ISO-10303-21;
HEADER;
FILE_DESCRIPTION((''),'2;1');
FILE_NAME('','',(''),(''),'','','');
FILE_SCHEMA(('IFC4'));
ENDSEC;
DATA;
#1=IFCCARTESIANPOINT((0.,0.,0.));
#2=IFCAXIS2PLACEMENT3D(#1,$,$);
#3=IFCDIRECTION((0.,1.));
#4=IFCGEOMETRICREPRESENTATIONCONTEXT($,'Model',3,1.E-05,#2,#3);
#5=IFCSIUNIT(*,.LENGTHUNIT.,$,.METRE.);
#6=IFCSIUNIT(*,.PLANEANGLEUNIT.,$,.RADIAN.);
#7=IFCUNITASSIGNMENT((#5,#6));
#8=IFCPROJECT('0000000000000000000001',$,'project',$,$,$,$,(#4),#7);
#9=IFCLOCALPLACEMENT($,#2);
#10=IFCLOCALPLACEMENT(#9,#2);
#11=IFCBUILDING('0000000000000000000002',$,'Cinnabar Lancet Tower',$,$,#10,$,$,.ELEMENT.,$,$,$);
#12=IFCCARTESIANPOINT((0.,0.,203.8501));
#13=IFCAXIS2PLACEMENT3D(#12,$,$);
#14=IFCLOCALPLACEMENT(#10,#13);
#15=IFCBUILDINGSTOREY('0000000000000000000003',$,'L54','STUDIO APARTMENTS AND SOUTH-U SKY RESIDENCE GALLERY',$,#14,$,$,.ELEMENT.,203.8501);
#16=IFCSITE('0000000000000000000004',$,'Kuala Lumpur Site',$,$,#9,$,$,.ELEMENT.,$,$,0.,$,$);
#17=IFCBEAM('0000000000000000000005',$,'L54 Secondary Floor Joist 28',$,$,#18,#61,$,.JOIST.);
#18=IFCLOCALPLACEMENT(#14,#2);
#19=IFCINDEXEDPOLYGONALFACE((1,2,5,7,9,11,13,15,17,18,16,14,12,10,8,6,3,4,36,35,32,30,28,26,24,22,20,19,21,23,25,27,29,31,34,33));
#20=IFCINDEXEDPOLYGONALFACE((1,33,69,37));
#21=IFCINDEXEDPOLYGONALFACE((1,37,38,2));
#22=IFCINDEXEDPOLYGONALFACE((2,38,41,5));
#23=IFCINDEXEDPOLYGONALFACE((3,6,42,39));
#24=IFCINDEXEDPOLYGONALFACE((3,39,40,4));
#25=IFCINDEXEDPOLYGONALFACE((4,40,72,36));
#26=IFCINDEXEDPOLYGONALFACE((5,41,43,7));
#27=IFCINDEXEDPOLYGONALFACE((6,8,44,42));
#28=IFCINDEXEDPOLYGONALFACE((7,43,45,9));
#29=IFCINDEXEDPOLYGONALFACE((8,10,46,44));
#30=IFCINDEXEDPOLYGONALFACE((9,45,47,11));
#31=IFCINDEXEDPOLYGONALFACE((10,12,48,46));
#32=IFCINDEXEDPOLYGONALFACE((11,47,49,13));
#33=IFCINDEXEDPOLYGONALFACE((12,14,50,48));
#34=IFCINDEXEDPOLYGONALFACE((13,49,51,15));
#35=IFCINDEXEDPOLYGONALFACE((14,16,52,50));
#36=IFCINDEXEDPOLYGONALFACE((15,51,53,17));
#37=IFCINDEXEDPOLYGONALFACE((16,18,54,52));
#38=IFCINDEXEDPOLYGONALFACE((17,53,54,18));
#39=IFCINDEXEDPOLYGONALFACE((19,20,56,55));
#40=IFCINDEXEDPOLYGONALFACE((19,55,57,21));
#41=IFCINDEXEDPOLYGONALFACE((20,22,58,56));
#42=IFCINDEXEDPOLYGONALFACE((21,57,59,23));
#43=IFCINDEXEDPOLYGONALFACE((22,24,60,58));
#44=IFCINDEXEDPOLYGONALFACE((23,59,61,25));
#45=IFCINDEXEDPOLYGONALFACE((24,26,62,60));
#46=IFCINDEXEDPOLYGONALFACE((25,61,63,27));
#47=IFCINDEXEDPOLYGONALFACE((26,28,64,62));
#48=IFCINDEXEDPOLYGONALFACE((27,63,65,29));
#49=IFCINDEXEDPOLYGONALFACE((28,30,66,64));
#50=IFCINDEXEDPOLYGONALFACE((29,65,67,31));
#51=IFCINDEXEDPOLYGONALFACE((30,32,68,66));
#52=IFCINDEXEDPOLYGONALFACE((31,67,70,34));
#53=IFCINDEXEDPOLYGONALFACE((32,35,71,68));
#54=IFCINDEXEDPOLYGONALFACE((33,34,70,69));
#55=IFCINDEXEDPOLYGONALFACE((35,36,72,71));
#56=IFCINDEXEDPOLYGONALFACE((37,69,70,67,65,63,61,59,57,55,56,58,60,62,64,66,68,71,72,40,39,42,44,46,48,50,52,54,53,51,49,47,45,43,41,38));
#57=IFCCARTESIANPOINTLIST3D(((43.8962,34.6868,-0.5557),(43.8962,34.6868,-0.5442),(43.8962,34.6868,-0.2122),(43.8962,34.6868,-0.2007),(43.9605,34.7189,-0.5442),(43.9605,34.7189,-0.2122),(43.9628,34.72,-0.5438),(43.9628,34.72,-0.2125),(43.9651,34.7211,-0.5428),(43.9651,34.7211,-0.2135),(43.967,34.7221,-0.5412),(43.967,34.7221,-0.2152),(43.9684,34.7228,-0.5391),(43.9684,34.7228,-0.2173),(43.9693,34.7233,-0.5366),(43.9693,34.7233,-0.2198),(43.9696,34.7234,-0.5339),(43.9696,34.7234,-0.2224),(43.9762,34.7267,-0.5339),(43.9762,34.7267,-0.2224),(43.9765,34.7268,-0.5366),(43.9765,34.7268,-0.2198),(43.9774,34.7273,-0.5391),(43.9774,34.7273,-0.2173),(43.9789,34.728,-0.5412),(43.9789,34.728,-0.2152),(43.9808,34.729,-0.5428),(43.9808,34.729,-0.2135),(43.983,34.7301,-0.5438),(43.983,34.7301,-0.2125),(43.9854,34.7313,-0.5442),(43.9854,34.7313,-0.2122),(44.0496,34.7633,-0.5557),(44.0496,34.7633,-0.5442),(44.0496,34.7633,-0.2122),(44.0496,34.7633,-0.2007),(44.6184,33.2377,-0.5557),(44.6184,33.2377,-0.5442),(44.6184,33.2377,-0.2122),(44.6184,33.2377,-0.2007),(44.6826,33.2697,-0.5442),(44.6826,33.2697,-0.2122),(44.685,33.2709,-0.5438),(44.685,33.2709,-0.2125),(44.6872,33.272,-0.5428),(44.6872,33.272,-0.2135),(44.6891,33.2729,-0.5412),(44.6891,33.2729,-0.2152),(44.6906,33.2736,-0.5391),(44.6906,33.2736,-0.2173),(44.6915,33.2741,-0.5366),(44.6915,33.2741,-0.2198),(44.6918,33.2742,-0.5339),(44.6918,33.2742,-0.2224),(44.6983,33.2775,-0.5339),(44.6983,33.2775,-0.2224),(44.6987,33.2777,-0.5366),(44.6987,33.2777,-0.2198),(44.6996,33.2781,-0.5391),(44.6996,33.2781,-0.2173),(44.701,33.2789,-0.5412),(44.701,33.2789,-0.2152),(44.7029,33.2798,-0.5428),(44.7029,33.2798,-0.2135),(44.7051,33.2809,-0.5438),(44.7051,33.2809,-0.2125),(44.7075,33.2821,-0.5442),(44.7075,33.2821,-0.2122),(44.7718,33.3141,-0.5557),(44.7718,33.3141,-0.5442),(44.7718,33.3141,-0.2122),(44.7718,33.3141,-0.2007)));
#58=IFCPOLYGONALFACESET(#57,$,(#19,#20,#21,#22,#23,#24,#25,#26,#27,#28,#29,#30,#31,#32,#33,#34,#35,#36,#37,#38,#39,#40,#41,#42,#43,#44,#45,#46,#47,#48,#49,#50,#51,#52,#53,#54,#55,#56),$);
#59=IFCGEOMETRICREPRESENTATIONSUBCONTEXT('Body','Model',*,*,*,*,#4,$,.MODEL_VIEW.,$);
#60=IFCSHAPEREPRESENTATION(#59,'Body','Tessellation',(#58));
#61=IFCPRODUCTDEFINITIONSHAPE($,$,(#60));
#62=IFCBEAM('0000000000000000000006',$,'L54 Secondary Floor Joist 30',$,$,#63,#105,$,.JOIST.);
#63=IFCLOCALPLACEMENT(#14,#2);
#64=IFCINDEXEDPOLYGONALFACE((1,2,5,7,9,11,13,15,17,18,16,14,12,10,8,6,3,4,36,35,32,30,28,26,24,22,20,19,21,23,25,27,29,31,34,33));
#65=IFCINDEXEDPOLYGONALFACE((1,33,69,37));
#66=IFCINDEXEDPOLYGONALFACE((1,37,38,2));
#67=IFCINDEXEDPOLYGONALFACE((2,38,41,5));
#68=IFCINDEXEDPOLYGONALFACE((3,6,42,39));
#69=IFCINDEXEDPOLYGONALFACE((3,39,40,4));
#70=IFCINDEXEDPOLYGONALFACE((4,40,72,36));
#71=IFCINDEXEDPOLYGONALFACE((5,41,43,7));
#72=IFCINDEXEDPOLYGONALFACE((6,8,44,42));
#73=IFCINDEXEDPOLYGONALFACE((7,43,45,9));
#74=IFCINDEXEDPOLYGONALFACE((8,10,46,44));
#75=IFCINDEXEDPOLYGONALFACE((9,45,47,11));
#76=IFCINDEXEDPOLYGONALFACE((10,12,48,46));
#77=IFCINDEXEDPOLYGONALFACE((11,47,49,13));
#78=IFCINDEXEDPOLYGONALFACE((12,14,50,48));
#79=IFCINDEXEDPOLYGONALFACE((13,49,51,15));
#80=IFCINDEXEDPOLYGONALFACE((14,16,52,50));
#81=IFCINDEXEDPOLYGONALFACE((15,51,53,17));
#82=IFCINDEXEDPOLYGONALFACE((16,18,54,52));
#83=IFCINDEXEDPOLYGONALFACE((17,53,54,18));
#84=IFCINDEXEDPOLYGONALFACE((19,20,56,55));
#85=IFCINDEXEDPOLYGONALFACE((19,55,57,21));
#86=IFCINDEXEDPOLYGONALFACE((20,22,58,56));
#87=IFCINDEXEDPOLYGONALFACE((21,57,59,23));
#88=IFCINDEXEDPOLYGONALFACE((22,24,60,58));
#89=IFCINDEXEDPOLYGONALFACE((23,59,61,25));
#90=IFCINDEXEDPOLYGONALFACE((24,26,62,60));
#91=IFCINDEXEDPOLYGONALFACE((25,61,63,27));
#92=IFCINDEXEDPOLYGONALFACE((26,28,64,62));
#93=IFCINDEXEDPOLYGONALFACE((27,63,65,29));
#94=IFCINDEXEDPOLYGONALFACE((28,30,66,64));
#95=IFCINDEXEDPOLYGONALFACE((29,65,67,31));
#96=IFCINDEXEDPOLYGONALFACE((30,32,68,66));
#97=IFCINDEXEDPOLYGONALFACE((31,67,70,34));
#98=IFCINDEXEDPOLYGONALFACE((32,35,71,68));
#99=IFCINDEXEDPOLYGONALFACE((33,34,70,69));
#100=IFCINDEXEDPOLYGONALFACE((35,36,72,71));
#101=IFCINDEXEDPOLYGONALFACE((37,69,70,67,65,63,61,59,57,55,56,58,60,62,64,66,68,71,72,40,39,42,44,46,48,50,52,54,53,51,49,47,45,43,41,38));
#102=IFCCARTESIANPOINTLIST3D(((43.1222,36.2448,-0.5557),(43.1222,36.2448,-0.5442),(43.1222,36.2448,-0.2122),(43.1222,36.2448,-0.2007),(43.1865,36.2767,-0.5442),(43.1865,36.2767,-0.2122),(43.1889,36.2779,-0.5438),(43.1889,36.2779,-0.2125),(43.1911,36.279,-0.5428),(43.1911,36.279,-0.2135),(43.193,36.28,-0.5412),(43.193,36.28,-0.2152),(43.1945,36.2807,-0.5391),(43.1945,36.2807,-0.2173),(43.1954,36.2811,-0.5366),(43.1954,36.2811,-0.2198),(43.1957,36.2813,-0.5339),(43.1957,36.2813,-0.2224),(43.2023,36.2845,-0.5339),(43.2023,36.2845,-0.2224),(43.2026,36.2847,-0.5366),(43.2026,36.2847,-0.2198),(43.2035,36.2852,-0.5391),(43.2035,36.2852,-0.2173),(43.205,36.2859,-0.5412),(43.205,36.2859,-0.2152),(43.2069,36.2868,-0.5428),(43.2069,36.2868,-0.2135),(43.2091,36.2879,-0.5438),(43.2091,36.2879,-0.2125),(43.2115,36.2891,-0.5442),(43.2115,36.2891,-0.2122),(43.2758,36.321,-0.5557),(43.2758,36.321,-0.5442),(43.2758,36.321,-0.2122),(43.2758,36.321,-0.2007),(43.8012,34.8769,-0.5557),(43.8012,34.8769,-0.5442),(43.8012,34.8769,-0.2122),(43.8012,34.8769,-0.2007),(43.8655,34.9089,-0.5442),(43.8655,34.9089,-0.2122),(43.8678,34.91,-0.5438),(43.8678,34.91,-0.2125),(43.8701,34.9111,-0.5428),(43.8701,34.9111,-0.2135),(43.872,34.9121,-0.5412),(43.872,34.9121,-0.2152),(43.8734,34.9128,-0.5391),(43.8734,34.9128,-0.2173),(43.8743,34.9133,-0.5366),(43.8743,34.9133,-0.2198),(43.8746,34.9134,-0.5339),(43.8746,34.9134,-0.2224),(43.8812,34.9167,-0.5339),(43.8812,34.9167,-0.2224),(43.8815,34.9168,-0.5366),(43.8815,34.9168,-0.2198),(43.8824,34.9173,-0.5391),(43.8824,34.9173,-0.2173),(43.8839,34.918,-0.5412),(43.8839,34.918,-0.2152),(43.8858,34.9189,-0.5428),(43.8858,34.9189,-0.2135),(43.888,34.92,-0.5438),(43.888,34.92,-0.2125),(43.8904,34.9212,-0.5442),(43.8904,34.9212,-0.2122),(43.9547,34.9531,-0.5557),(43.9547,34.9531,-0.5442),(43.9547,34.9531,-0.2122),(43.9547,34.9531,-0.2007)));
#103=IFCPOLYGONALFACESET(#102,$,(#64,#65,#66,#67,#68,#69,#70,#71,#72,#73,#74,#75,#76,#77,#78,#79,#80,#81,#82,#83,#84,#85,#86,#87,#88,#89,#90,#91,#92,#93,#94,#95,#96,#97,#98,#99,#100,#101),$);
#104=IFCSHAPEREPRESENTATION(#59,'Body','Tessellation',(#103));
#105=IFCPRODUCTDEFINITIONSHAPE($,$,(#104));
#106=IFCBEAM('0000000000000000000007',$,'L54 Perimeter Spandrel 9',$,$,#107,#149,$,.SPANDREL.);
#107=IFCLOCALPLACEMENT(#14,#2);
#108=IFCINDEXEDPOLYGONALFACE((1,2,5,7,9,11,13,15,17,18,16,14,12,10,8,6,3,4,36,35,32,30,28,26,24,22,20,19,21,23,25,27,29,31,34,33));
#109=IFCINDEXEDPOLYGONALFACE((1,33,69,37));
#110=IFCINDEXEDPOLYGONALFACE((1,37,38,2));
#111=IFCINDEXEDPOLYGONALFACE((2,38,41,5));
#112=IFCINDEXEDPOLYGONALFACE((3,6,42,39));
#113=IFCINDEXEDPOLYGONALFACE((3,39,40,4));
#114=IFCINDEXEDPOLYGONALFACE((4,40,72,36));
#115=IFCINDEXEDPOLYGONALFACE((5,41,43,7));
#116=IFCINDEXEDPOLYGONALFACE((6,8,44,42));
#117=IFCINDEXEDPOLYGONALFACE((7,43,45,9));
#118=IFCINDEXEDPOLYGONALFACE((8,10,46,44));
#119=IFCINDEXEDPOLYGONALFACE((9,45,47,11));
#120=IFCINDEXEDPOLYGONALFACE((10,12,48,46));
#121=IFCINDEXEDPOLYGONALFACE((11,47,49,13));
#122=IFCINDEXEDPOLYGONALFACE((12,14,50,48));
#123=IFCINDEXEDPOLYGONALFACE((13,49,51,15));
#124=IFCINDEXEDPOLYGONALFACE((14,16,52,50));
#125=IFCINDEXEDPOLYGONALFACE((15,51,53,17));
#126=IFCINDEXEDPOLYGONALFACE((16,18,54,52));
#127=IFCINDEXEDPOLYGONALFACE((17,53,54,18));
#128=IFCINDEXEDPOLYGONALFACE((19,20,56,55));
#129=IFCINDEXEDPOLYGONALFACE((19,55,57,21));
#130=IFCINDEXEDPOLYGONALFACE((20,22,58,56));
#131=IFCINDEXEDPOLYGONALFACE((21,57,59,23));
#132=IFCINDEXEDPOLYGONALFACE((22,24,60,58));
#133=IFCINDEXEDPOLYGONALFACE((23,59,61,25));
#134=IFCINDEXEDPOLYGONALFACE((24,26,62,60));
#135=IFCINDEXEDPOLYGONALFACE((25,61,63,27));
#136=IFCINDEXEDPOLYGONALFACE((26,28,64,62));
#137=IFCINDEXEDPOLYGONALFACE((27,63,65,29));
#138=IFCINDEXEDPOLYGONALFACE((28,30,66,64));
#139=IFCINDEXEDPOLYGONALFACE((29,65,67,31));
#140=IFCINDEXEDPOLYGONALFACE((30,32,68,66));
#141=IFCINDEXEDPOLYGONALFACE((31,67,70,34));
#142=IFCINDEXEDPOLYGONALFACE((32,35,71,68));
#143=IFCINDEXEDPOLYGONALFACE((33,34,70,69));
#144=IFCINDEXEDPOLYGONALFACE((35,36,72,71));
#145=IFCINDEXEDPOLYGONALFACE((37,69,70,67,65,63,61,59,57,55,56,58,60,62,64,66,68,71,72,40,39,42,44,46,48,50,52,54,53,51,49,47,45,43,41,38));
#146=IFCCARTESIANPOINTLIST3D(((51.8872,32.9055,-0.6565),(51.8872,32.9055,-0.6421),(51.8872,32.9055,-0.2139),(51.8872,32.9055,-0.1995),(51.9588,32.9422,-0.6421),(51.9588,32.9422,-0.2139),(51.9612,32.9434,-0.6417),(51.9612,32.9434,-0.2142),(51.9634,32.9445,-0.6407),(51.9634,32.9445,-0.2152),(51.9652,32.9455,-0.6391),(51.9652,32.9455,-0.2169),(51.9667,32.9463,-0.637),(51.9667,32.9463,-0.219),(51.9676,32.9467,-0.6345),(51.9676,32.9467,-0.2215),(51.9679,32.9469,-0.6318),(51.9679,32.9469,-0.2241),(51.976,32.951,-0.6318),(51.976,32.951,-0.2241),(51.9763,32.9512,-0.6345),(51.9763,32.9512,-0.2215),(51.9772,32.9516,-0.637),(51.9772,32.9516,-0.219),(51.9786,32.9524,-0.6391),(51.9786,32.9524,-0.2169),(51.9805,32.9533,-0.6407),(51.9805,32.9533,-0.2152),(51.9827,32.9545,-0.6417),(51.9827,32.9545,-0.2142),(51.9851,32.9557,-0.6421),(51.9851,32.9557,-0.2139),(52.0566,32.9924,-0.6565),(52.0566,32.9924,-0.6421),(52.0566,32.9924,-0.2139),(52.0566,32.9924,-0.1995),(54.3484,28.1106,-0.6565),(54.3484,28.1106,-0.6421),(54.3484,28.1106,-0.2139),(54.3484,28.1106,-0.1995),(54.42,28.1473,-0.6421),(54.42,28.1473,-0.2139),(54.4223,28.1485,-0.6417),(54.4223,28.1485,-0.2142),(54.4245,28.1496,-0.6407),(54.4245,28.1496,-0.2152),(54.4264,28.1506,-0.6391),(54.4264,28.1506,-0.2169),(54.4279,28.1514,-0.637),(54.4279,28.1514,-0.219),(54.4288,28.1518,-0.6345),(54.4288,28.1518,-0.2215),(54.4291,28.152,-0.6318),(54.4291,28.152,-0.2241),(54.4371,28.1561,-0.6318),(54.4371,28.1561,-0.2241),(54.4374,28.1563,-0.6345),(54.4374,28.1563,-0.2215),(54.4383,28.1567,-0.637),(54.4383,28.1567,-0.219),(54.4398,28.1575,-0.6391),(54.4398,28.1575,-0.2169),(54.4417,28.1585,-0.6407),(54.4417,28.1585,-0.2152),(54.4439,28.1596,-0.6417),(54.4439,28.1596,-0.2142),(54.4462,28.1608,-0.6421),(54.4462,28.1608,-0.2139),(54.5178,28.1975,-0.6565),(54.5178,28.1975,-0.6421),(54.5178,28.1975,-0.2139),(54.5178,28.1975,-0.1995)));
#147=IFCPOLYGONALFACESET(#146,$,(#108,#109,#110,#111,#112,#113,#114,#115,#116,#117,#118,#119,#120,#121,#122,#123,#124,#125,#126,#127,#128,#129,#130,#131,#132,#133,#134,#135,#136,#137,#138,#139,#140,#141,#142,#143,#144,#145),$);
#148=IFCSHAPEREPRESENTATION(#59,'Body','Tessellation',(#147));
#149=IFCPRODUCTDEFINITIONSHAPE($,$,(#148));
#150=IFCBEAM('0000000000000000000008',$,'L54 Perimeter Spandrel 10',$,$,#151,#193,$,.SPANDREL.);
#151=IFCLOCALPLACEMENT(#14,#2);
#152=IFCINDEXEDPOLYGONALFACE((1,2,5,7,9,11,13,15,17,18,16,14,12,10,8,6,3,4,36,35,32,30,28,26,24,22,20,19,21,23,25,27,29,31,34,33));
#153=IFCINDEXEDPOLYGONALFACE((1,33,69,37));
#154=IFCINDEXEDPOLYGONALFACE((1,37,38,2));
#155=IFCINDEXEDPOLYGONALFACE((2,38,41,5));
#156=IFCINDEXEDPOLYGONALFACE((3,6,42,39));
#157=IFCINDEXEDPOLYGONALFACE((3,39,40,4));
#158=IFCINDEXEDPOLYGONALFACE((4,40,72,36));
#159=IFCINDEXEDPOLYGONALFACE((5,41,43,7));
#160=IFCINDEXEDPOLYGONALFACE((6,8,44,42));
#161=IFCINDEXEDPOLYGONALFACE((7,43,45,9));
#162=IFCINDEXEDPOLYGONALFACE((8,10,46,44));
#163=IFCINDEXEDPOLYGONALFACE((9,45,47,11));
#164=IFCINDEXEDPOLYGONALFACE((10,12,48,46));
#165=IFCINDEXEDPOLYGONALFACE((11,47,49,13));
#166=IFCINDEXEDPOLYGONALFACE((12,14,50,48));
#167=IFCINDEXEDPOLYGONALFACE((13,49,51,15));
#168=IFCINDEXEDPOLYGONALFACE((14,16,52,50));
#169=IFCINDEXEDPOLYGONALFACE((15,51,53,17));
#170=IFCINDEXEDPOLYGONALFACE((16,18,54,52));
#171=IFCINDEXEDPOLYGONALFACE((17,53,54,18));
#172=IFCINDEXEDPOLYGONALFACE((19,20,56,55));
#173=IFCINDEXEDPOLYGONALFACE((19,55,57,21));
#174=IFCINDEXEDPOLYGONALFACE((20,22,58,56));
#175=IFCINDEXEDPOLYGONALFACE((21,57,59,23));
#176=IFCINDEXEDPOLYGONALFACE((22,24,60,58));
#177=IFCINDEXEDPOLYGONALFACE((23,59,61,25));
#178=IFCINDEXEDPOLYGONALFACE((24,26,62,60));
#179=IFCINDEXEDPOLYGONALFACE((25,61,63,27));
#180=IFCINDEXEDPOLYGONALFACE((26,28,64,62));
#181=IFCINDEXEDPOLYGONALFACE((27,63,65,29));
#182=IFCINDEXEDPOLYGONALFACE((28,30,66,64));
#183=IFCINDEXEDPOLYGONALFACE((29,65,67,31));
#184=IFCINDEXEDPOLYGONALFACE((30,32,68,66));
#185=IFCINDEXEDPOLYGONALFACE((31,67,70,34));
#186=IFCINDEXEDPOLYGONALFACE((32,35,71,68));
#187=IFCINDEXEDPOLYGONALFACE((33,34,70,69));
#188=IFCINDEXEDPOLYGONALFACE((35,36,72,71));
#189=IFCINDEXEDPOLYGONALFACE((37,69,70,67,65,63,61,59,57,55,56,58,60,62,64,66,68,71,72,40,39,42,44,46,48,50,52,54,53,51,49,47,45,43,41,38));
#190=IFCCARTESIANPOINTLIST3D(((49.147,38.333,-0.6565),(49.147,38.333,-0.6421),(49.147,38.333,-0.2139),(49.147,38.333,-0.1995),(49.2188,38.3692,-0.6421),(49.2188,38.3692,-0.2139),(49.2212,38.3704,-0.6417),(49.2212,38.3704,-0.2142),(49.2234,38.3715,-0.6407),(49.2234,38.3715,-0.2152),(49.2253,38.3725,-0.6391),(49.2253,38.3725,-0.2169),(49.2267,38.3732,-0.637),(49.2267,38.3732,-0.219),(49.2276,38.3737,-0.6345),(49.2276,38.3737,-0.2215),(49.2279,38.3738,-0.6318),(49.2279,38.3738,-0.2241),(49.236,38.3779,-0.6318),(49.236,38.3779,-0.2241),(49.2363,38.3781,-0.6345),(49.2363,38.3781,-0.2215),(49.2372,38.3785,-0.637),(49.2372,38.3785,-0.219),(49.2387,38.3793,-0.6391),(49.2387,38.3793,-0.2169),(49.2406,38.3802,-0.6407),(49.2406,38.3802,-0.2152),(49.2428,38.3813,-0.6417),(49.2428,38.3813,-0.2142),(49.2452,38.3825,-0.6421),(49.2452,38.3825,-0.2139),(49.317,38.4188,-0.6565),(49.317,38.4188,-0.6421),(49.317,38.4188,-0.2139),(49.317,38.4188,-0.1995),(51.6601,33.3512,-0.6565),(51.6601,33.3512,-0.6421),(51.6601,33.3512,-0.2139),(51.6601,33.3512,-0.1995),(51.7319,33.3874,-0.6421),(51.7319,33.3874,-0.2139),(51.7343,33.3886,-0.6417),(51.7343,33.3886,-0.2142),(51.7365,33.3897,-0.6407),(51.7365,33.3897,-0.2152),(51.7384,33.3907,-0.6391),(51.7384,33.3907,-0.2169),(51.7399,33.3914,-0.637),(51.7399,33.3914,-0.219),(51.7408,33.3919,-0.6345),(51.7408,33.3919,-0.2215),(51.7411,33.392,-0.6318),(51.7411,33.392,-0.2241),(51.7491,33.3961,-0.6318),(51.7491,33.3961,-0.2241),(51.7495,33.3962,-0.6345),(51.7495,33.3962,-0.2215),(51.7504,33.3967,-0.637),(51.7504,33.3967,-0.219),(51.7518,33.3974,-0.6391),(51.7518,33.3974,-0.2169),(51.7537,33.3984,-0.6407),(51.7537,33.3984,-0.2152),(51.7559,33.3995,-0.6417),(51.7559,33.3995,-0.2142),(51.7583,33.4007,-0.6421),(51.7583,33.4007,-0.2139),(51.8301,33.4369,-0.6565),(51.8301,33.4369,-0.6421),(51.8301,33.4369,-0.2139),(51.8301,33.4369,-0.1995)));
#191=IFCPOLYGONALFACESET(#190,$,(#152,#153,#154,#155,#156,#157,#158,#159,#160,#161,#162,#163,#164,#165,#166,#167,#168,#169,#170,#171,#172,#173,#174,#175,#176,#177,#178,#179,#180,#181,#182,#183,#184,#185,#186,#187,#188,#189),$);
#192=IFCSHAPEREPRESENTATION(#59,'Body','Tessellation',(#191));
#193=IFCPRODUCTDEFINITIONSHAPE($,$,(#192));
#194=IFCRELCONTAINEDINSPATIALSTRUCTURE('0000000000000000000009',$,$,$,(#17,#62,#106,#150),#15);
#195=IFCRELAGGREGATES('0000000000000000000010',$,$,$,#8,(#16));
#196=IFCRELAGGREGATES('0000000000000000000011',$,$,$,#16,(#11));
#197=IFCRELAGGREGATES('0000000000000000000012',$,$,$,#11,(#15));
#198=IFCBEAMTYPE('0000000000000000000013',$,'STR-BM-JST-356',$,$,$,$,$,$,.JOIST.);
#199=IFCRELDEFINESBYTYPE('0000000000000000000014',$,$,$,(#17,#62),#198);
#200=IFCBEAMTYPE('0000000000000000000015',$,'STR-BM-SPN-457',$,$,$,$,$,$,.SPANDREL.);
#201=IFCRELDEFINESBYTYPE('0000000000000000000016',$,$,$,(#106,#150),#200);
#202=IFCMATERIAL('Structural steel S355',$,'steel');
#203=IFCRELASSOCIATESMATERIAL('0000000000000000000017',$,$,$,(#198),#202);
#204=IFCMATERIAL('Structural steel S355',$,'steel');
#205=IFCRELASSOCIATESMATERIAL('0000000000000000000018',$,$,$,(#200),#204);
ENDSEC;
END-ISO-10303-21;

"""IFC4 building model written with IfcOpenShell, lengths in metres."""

from ifc_helpers import new_model, si_unit, direction, frame, origin, origin_2d, place, context, subcontext, project, spatial, i_section, extrude, material, material_profile, profile_set, type_object, element, save


model = new_model("IFC4")

# Units and contexts
model_context = context("Model", 3, precision=1e-05, world=origin(), true_north=direction((0.0, 1.0)))
body_context = subcontext(model_context, "Body", "Model", "MODEL_VIEW")
ifc_project = project(units=[si_unit("LENGTHUNIT", "METRE"), si_unit("PLANEANGLEUNIT", "RADIAN")], contexts=[model_context])

# Site, building, storey
site_placement = place(None, origin())
site = spatial("IfcSite", under=ifc_project, at=site_placement, Name="Kuala Lumpur Site", CompositionType="ELEMENT", RefElevation=0.0)
building_placement = place(site_placement, origin())
building = spatial("IfcBuilding", under=site, at=building_placement, Name="Cinnabar Lancet Tower", CompositionType="ELEMENT")
storey_placement = place(building_placement, frame((0.0, 0.0, 203.8501)))
storey = spatial("IfcBuildingStorey", under=building, at=storey_placement, Name="L54", Description="STUDIO APARTMENTS AND SOUTH-U SKY RESIDENCE GALLERY", CompositionType="ELEMENT", Elevation=203.8501)

# Beams
ifc_material_1 = material(Name="Structural steel S355", Category="steel")
ifc_material_profile_1 = material_profile(ifc_material_1, i_section(OverallWidth=0.1714, OverallDepth=0.355, WebThickness=0.0073, FlangeThickness=0.0115, FilletRadius=0.0103, at=origin_2d()), Name="UKB 356x171x51")
ifc_profile_set_1 = profile_set([ifc_material_profile_1], Name="Structural steel S355")
beam_type_1 = type_object("IfcBeamType", Name="STR-BM-JST-356", PredefinedType="JOIST", material=ifc_profile_set_1)
beam_1_placement = place(storey_placement, frame((44.6951, 33.2759, -0.3782), z_axis=(-0.446007, 0.895029, 0.0), x_axis=(-0.895029, -0.446007, 0.0)))
element("IfcBeam", 1, at=beam_1_placement, inside=storey, type_object=beam_type_1, Name="L54 Secondary Floor Joist 28", PredefinedType="JOIST", context=body_context, shape_type="SweptSolid", body=[
    extrude(i_section(OverallWidth=0.1714, OverallDepth=0.355, WebThickness=0.0073, FlangeThickness=0.0115, FilletRadius=0.0103, at=origin_2d()), origin(), (0.0, 0.0, 1.0), 1.6191),
])
beam_2_placement = place(storey_placement, frame((43.8779, 34.915, -0.3782), z_axis=(-0.44459, 0.895734, 0.0), x_axis=(-0.895734, -0.44459, 0.0)))
element("IfcBeam", 2, at=beam_2_placement, inside=storey, type_object=beam_type_1, Name="L54 Secondary Floor Joist 30", PredefinedType="JOIST", context=body_context, shape_type="SweptSolid", body=[
    extrude(i_section(OverallWidth=0.1714, OverallDepth=0.355, WebThickness=0.0073, FlangeThickness=0.0115, FilletRadius=0.0103, at=origin_2d()), origin(), (0.0, 0.0, 1.0), 1.5271),
])
ifc_material_2 = material(Name="Structural steel S355", Category="steel")
ifc_material_profile_2 = material_profile(ifc_material_2, i_section(OverallWidth=0.1904, OverallDepth=0.457, WebThickness=0.009, FlangeThickness=0.0144, FilletRadius=0.0103, at=origin_2d()), Name="UKB 457x191x74")
ifc_profile_set_2 = profile_set([ifc_material_profile_2], Name="Structural steel S355")
beam_type_2 = type_object("IfcBeamType", Name="STR-BM-SPN-457", PredefinedType="SPANDREL", material=ifc_profile_set_2)
beam_3_placement = place(storey_placement, frame((54.4331, 28.1541, -0.428), z_axis=(-0.456647, 0.889648, 0.0), x_axis=(-0.889648, -0.456647, 0.0)))
element("IfcBeam", 3, at=beam_3_placement, inside=storey, type_object=beam_type_2, Name="L54 Perimeter Spandrel 9", PredefinedType="SPANDREL", context=body_context, shape_type="SweptSolid", body=[
    extrude(i_section(OverallWidth=0.1904, OverallDepth=0.457, WebThickness=0.009, FlangeThickness=0.0144, FilletRadius=0.0103, at=origin_2d()), origin(), (0.0, 0.0, 1.0), 5.3896),
])
beam_4_placement = place(storey_placement, frame((51.7451, 33.394, -0.428), z_axis=(-0.450396, 0.892829, 0.0), x_axis=(-0.892829, -0.450396, 0.0)))
element("IfcBeam", 4, at=beam_4_placement, inside=storey, type_object=beam_type_2, Name="L54 Perimeter Spandrel 10", PredefinedType="SPANDREL", context=body_context, shape_type="SweptSolid", body=[
    extrude(i_section(OverallWidth=0.1904, OverallDepth=0.457, WebThickness=0.009, FlangeThickness=0.0144, FilletRadius=0.0103, at=origin_2d()), origin(), (0.0, 0.0, 1.0), 5.5798),
])

save(model, "model.ifc")
